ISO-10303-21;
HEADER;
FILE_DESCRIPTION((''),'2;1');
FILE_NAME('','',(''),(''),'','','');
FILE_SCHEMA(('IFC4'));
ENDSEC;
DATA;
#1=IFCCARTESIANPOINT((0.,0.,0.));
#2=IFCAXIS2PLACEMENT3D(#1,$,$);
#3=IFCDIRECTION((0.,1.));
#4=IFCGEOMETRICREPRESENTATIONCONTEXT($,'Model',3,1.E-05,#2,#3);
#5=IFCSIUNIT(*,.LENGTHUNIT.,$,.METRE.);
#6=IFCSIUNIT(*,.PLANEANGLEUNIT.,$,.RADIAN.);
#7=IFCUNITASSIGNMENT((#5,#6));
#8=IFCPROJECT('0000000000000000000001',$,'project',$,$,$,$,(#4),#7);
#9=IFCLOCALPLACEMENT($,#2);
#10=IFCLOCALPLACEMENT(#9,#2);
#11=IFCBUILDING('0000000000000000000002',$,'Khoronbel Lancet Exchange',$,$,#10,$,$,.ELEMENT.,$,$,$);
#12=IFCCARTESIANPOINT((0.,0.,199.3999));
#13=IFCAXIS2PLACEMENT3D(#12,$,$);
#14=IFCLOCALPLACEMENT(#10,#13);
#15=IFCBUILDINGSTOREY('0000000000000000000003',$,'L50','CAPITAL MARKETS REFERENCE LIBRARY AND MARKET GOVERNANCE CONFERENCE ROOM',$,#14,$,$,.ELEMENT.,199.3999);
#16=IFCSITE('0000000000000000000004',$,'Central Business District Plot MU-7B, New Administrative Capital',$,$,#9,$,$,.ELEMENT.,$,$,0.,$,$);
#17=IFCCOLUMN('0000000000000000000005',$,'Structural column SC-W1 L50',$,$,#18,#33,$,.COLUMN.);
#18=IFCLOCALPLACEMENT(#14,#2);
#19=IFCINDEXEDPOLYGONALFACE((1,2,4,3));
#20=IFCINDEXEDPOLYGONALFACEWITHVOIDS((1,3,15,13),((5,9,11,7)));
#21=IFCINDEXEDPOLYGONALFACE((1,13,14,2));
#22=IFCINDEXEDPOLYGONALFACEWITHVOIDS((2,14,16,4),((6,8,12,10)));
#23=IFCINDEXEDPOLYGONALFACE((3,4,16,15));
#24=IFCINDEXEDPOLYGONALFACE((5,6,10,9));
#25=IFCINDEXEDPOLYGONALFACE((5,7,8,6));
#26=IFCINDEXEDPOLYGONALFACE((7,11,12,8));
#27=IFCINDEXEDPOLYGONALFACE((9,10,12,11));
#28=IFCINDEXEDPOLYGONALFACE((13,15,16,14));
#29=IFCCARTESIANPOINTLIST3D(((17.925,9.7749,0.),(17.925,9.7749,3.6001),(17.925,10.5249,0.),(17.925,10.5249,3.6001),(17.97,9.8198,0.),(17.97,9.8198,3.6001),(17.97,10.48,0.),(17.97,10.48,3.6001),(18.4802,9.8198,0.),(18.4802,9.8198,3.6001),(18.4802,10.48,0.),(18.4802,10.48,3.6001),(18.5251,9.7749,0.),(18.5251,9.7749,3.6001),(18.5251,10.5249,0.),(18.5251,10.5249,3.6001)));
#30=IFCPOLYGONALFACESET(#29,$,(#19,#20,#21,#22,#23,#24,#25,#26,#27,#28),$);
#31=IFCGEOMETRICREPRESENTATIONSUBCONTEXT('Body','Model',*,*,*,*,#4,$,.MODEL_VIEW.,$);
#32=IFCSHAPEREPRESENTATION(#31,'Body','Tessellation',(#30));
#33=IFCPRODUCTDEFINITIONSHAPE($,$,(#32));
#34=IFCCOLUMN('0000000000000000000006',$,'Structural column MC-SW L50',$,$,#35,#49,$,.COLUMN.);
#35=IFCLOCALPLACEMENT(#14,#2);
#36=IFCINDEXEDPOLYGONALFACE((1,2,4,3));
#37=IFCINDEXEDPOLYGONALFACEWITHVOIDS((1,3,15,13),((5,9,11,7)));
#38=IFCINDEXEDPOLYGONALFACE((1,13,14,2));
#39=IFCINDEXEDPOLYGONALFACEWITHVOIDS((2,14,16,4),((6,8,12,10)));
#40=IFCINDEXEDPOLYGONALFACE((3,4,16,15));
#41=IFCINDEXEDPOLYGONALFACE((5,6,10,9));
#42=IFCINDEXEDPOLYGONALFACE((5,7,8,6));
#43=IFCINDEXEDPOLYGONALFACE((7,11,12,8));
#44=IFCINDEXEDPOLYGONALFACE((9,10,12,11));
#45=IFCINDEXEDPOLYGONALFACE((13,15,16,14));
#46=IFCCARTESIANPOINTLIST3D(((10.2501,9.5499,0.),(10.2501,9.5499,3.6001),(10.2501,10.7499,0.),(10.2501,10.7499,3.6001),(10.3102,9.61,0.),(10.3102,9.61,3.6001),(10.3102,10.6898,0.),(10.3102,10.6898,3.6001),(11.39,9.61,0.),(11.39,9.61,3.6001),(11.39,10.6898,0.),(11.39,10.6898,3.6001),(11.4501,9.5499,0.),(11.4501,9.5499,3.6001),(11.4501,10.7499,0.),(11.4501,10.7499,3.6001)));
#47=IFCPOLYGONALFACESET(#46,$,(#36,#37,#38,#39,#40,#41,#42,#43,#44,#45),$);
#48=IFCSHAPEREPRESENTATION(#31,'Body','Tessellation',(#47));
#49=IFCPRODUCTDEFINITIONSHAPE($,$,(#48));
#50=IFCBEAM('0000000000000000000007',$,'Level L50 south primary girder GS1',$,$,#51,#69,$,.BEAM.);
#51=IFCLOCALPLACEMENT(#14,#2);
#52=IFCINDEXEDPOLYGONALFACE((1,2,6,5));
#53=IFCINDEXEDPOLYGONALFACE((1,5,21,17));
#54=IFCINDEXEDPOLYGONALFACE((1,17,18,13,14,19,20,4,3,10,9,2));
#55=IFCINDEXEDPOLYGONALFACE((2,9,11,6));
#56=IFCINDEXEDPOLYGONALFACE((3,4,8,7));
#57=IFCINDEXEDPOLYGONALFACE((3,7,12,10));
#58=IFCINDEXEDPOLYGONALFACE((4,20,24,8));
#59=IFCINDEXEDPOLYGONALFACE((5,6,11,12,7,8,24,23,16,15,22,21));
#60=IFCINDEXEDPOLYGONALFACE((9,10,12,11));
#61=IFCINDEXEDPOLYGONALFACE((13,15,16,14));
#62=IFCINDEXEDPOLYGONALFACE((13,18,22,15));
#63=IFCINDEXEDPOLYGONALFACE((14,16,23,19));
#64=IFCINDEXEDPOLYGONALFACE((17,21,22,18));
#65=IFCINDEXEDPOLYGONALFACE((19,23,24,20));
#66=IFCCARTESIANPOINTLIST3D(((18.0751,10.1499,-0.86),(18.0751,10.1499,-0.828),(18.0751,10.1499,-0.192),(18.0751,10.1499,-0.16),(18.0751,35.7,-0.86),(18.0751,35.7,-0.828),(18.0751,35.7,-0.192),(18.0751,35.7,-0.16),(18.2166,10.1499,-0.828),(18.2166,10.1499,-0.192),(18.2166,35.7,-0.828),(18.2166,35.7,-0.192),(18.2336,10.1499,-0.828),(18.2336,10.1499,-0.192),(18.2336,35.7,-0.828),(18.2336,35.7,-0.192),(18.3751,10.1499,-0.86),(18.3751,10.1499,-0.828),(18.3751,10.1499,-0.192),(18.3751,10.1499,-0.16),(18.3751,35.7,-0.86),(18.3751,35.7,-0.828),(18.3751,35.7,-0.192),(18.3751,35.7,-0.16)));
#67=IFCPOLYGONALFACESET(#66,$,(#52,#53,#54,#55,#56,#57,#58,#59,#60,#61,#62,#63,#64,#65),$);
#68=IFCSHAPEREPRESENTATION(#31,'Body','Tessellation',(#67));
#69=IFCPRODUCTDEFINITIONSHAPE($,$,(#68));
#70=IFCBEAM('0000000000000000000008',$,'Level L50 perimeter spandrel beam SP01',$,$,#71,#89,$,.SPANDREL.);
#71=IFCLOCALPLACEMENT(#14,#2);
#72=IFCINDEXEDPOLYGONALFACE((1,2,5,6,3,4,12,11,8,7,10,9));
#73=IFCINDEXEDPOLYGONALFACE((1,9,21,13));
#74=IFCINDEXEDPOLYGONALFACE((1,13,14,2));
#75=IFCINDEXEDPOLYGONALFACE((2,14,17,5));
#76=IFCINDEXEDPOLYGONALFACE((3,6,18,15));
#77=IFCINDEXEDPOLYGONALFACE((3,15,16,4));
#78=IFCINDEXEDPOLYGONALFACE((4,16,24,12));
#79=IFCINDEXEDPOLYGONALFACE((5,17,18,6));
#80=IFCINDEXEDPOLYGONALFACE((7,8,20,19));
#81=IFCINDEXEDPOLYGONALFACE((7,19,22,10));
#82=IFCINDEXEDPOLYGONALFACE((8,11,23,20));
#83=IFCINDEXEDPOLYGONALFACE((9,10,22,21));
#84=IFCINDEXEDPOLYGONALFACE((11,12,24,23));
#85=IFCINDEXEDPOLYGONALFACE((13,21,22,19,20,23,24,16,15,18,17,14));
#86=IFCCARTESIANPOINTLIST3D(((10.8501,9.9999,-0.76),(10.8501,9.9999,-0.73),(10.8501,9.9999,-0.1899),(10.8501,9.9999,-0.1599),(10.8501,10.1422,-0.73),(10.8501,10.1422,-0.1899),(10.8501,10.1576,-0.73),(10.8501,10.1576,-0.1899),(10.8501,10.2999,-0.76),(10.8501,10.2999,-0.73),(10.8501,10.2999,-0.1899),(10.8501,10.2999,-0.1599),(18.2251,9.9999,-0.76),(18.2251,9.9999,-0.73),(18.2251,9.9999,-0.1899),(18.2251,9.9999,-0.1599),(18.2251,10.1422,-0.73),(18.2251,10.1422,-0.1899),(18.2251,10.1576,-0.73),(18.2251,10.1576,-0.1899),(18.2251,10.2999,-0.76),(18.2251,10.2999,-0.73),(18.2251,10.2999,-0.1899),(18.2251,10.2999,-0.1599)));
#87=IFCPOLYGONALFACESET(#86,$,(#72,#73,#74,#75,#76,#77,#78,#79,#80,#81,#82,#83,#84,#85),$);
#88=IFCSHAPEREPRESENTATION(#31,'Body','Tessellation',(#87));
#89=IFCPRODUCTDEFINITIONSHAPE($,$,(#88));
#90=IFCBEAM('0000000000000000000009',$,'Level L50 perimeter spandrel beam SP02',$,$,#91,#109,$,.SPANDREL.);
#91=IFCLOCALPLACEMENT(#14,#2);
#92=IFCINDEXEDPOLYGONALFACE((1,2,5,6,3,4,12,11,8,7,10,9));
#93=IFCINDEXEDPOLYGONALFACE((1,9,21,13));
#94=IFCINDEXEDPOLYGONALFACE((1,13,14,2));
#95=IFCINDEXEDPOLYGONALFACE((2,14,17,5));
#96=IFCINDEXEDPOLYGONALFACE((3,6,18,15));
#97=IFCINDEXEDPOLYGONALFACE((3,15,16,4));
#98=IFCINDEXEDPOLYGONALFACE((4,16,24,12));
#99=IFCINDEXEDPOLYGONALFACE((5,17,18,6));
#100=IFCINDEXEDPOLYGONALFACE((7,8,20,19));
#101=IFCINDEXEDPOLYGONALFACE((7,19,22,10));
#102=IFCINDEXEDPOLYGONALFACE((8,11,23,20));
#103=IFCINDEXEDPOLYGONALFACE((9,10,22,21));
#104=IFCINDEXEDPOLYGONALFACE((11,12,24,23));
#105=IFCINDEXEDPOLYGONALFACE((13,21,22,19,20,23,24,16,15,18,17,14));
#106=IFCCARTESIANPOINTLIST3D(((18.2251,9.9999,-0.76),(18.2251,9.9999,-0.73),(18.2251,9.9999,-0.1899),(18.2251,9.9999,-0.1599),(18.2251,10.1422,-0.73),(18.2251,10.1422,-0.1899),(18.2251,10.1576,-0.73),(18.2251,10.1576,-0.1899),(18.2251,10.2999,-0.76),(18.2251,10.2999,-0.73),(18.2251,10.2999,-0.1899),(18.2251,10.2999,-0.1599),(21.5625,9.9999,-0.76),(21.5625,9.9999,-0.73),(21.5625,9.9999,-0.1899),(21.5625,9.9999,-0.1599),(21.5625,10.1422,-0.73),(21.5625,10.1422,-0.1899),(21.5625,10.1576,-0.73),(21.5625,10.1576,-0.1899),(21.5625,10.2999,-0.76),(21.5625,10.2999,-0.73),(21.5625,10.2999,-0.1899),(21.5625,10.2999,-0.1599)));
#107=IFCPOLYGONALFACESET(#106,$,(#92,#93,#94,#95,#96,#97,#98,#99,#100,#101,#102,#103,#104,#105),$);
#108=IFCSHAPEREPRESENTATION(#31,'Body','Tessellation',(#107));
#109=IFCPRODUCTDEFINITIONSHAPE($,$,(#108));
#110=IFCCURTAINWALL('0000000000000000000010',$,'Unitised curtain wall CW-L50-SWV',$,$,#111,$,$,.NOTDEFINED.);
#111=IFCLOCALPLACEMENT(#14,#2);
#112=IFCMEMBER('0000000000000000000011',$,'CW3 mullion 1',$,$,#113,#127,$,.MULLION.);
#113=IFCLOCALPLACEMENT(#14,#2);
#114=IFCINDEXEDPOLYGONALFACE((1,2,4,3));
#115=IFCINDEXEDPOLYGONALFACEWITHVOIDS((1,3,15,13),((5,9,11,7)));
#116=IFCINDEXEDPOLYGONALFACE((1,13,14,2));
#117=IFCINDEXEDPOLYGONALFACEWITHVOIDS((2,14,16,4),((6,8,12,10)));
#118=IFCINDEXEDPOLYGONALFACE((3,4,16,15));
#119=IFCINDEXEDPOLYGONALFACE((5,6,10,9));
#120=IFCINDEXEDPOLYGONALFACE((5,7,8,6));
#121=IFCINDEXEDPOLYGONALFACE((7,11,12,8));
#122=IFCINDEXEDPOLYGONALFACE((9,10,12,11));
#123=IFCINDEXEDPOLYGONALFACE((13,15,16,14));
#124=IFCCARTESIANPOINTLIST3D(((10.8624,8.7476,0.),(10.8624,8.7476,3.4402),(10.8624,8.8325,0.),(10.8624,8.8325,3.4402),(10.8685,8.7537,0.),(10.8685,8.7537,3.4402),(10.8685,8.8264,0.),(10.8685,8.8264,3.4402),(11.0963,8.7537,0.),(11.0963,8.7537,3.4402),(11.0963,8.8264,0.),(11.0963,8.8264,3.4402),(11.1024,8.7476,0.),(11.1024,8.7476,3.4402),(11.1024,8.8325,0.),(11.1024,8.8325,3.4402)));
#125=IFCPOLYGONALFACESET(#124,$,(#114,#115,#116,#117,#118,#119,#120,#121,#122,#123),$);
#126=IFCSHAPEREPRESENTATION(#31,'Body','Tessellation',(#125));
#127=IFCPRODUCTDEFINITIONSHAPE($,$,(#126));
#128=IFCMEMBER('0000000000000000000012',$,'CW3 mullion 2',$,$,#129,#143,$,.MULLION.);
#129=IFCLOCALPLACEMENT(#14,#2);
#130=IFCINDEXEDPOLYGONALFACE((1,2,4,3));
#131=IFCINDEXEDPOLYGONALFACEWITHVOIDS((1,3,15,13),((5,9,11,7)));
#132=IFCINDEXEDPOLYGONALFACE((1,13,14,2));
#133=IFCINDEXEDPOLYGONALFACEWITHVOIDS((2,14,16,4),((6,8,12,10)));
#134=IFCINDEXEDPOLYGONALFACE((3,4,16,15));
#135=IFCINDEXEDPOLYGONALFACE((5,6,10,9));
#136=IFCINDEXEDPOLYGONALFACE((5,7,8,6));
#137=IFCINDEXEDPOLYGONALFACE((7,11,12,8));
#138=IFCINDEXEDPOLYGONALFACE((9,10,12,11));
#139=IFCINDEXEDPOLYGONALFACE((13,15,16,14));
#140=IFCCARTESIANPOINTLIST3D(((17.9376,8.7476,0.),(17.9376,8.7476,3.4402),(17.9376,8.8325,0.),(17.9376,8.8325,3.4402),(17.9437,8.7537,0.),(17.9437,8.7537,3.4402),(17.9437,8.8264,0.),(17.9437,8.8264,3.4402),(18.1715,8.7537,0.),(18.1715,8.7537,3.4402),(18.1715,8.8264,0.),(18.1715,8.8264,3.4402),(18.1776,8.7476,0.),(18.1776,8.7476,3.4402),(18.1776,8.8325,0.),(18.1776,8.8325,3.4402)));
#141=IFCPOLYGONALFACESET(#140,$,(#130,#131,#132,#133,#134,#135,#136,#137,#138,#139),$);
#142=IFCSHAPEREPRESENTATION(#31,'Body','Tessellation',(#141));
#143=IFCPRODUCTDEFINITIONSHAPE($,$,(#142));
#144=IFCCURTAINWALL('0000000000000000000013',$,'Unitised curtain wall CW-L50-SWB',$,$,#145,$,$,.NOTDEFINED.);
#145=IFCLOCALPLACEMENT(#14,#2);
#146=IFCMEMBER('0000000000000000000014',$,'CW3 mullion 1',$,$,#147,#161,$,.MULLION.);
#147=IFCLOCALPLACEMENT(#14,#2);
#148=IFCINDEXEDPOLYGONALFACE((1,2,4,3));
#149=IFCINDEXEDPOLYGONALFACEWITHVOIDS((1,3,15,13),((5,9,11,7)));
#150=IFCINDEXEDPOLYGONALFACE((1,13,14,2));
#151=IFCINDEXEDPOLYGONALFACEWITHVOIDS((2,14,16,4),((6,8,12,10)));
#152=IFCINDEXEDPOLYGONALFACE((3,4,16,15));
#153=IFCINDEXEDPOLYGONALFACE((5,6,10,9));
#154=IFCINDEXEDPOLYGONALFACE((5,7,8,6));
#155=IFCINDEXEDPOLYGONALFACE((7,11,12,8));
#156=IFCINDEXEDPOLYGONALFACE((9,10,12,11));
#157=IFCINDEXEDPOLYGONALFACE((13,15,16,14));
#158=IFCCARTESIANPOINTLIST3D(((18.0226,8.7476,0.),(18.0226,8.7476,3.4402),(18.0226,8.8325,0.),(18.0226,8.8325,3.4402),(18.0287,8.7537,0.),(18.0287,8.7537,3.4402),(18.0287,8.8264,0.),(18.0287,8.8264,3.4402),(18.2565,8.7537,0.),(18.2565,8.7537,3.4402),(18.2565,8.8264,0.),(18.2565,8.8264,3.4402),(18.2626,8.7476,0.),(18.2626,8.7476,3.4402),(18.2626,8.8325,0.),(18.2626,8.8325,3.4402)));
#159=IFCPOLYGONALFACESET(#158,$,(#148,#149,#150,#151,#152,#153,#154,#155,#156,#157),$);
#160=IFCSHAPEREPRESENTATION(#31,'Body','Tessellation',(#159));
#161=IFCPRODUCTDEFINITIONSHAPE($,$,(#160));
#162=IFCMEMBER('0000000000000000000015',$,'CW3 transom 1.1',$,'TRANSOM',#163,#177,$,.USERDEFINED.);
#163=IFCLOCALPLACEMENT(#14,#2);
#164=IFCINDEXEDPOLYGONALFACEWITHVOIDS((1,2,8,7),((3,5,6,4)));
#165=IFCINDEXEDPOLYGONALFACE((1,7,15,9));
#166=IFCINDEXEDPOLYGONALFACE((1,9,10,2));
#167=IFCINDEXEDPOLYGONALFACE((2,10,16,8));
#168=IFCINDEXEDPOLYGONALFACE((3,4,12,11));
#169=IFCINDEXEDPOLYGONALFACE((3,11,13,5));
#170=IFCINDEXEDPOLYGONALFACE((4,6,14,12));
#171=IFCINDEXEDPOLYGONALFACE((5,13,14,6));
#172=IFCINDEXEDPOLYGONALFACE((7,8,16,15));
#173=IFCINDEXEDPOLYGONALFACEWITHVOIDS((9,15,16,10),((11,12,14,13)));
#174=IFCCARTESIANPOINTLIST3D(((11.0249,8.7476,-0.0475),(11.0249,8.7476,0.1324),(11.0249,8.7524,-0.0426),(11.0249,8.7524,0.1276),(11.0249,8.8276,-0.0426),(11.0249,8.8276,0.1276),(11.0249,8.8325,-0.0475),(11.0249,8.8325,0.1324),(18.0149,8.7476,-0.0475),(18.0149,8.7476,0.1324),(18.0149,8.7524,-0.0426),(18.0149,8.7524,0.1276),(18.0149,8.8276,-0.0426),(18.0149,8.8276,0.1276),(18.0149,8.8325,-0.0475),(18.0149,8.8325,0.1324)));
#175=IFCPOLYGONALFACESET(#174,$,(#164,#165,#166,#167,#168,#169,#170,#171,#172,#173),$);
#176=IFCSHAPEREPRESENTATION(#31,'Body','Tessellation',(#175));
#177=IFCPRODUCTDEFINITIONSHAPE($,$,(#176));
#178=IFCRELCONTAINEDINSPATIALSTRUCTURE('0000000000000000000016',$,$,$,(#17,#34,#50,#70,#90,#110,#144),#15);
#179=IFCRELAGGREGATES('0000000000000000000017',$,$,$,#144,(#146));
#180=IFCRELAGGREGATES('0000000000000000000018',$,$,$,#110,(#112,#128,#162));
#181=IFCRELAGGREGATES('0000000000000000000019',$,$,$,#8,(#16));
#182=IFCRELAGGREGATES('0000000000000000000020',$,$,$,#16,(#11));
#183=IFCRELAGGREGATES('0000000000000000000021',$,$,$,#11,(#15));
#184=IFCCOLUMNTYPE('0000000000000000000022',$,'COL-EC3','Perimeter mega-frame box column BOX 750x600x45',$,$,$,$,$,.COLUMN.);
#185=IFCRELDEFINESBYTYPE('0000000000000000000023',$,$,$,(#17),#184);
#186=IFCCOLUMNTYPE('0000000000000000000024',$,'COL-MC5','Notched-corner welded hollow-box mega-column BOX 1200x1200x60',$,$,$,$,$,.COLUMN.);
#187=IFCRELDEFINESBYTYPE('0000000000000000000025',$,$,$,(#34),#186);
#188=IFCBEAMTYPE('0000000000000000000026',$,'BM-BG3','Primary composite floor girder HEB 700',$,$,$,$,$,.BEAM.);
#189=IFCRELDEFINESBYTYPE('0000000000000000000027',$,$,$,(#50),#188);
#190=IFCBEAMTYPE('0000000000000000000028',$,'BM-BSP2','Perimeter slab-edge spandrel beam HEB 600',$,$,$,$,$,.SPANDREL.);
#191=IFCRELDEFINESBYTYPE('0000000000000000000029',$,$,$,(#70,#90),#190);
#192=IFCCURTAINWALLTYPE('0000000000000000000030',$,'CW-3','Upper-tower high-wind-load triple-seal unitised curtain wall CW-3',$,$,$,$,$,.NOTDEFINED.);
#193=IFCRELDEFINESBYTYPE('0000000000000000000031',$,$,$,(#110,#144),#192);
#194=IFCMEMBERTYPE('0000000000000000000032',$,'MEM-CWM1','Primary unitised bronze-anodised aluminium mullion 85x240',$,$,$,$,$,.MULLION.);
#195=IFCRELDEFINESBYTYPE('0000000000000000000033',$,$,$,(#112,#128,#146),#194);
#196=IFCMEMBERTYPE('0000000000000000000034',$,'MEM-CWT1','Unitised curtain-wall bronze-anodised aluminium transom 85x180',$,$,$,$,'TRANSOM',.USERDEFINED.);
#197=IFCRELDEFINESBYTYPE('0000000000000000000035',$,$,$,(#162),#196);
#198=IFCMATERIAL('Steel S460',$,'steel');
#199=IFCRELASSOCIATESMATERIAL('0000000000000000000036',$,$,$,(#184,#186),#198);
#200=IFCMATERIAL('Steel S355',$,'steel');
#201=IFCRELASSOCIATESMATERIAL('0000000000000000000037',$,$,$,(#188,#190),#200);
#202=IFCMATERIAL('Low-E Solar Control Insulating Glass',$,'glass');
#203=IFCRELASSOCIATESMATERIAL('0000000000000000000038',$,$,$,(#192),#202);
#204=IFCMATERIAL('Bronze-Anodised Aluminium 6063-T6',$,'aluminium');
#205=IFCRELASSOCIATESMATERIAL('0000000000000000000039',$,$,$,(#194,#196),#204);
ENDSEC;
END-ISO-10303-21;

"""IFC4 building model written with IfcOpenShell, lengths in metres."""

from ifc_helpers import new_model, si_unit, direction, frame, origin, origin_2d, place, context, subcontext, project, spatial, hollow_rectangle, i_section, extrude, material, material_profile, profile_set, type_object, element, aggregate, save


model = new_model("IFC4")

# Units and contexts
model_context = context("Model", 3, precision=1e-05, world=origin(), true_north=direction((0.0, 1.0)))
body_context = subcontext(model_context, "Body", "Model", "MODEL_VIEW")
ifc_project = project(units=[si_unit("LENGTHUNIT", "METRE"), si_unit("PLANEANGLEUNIT", "RADIAN")], contexts=[model_context])

# Site, building, storey
site_placement = place(None, origin())
site = spatial("IfcSite", under=ifc_project, at=site_placement, Name="Central Business District Plot MU-7B, New Administrative Capital", CompositionType="ELEMENT", RefElevation=0.0)
building_placement = place(site_placement, origin())
building = spatial("IfcBuilding", under=site, at=building_placement, Name="Khoronbel Lancet Exchange", CompositionType="ELEMENT")
storey_placement = place(building_placement, frame((0.0, 0.0, 199.3999)))
storey = spatial("IfcBuildingStorey", under=building, at=storey_placement, Name="L50", Description="CAPITAL MARKETS REFERENCE LIBRARY AND MARKET GOVERNANCE CONFERENCE ROOM", CompositionType="ELEMENT", Elevation=199.3999)

# Columns
ifc_material_1 = material(Name="Steel S460", Category="steel")
ifc_material_profile_1 = material_profile(ifc_material_1, hollow_rectangle(XDim=0.6001, YDim=0.75, WallThickness=0.0449, at=origin_2d()), Name="BOX 750x600x45")
ifc_profile_set_1 = profile_set([ifc_material_profile_1], Name="Steel S460")
column_type_1 = type_object("IfcColumnType", Name="COL-EC3", Description="Perimeter mega-frame box column BOX 750x600x45", PredefinedType="COLUMN", material=ifc_profile_set_1)
column_1_placement = place(storey_placement, frame((18.2251, 10.1499, 0.0), z_axis=(0.0, 0.0, 1.0), x_axis=(1.0, 0.0, 0.0)))
element("IfcColumn", 1, at=column_1_placement, inside=storey, type_object=column_type_1, Name="Structural column SC-W1 L50", PredefinedType="COLUMN", context=body_context, shape_type="SweptSolid", body=[
    extrude(hollow_rectangle(XDim=0.6001, YDim=0.75, WallThickness=0.0449, at=origin_2d()), origin(), (0.0, 0.0, 1.0), 3.6001),
])
ifc_material_profile_2 = material_profile(ifc_material_1, hollow_rectangle(XDim=1.2, YDim=1.2, WallThickness=0.0601, at=origin_2d()), Name="BOX 1200x1200x60")
ifc_profile_set_2 = profile_set([ifc_material_profile_2], Name="Steel S460")
column_type_2 = type_object("IfcColumnType", Name="COL-MC5", Description="Notched-corner welded hollow-box mega-column BOX 1200x1200x60", PredefinedType="COLUMN", material=ifc_profile_set_2)
column_2_placement = place(storey_placement, frame((10.8501, 10.1499, 0.0), z_axis=(0.0, 0.0, 1.0), x_axis=(1.0, 0.0, 0.0)))
element("IfcColumn", 2, at=column_2_placement, inside=storey, type_object=column_type_2, Name="Structural column MC-SW L50", PredefinedType="COLUMN", context=body_context, shape_type="SweptSolid", body=[
    extrude(hollow_rectangle(XDim=1.2, YDim=1.2, WallThickness=0.0601, at=origin_2d()), origin(), (0.0, 0.0, 1.0), 3.6001),
])

# Beams
ifc_material_2 = material(Name="Steel S355", Category="steel")
ifc_material_profile_3 = material_profile(ifc_material_2, i_section(OverallWidth=0.3, OverallDepth=0.7, WebThickness=0.0171, FlangeThickness=0.032, at=origin_2d()), Name="HEB 700")
ifc_profile_set_3 = profile_set([ifc_material_profile_3], Name="Steel S355")
beam_type_1 = type_object("IfcBeamType", Name="BM-BG3", Description="Primary composite floor girder HEB 700", PredefinedType="BEAM", material=ifc_profile_set_3)
beam_1_placement = place(storey_placement, frame((18.2251, 10.1499, -0.51), z_axis=(0.0, 1.0, 0.0), x_axis=(-1.0, 0.0, 0.0)))
element("IfcBeam", 3, at=beam_1_placement, inside=storey, type_object=beam_type_1, Name="Level L50 south primary girder GS1", PredefinedType="BEAM", context=body_context, shape_type="SweptSolid", body=[
    extrude(i_section(OverallWidth=0.3, OverallDepth=0.7, WebThickness=0.0171, FlangeThickness=0.032, at=origin_2d()), origin(), (0.0, 0.0, 1.0), 25.55),
])
ifc_material_profile_4 = material_profile(ifc_material_2, i_section(OverallWidth=0.3, OverallDepth=0.6001, WebThickness=0.0154, FlangeThickness=0.03, at=origin_2d()), Name="HEB 600")
ifc_profile_set_4 = profile_set([ifc_material_profile_4], Name="Steel S355")
beam_type_2 = type_object("IfcBeamType", Name="BM-BSP2", Description="Perimeter slab-edge spandrel beam HEB 600", PredefinedType="SPANDREL", material=ifc_profile_set_4)
beam_2_placement = place(storey_placement, frame((10.8501, 10.1499, -0.46), z_axis=(1.0, 0.0, 0.0), x_axis=(0.0, 1.0, 0.0)))
element("IfcBeam", 4, at=beam_2_placement, inside=storey, type_object=beam_type_2, Name="Level L50 perimeter spandrel beam SP01", PredefinedType="SPANDREL", context=body_context, shape_type="SweptSolid", body=[
    extrude(i_section(OverallWidth=0.3, OverallDepth=0.6001, WebThickness=0.0154, FlangeThickness=0.03, at=origin_2d()), origin(), (0.0, 0.0, 1.0), 7.375),
])
beam_3_placement = place(storey_placement, frame((18.2251, 10.1499, -0.46), z_axis=(1.0, 0.0, 0.0), x_axis=(0.0, 1.0, 0.0)))
element("IfcBeam", 5, at=beam_3_placement, inside=storey, type_object=beam_type_2, Name="Level L50 perimeter spandrel beam SP02", PredefinedType="SPANDREL", context=body_context, shape_type="SweptSolid", body=[
    extrude(i_section(OverallWidth=0.3, OverallDepth=0.6001, WebThickness=0.0154, FlangeThickness=0.03, at=origin_2d()), origin(), (0.0, 0.0, 1.0), 3.3374),
])

# Curtain wall, members
ifc_material_3 = material(Name="Low-E Solar Control Insulating Glass", Category="glass")
curtain_wall_type = type_object("IfcCurtainWallType", Name="CW-3", Description="Upper-tower high-wind-load triple-seal unitised curtain wall CW-3", PredefinedType="NOTDEFINED", material=ifc_material_3)
curtain_wall_1_placement = place(storey_placement, origin())
curtain_wall_1 = element("IfcCurtainWall", 6, at=curtain_wall_1_placement, inside=storey, type_object=curtain_wall_type, Name="Unitised curtain wall CW-L50-SWV", PredefinedType="NOTDEFINED")
ifc_material_4 = material(Name="Bronze-Anodised Aluminium 6063-T6", Category="aluminium")
ifc_material_profile_5 = material_profile(ifc_material_4, hollow_rectangle(XDim=0.085, YDim=0.24, WallThickness=0.0061, at=origin_2d()), Name="ALU MULLION 85x240")
ifc_profile_set_5 = profile_set([ifc_material_profile_5], Name="Bronze-Anodised Aluminium 6063-T6")
member_type_1 = type_object("IfcMemberType", Name="MEM-CWM1", Description="Primary unitised bronze-anodised aluminium mullion 85x240", PredefinedType="MULLION", material=ifc_profile_set_5)
member_1_placement = place(storey_placement, frame((10.9824, 8.79, 0.0), z_axis=(0.0, 0.0, 1.0), x_axis=(0.0, 1.0, 0.0)))
member_1 = element("IfcMember", 7, at=member_1_placement, type_object=member_type_1, Name="CW3 mullion 1", PredefinedType="MULLION", context=body_context, shape_type="SweptSolid", body=[
    extrude(hollow_rectangle(XDim=0.085, YDim=0.24, WallThickness=0.0061, at=origin_2d()), origin(), (0.0, 0.0, 1.0), 3.4402),
])
member_2_placement = place(storey_placement, frame((18.0576, 8.79, 0.0), z_axis=(0.0, 0.0, 1.0), x_axis=(0.0, 1.0, 0.0)))
member_2 = element("IfcMember", 8, at=member_2_placement, type_object=member_type_1, Name="CW3 mullion 2", PredefinedType="MULLION", context=body_context, shape_type="SweptSolid", body=[
    extrude(hollow_rectangle(XDim=0.085, YDim=0.24, WallThickness=0.0061, at=origin_2d()), origin(), (0.0, 0.0, 1.0), 3.4402),
])

# Curtain wall, member
curtain_wall_2_placement = place(storey_placement, origin())
curtain_wall_2 = element("IfcCurtainWall", 9, at=curtain_wall_2_placement, inside=storey, type_object=curtain_wall_type, Name="Unitised curtain wall CW-L50-SWB", PredefinedType="NOTDEFINED")
member_3_placement = place(storey_placement, frame((18.1426, 8.79, 0.0), z_axis=(0.0, 0.0, 1.0), x_axis=(0.0, 1.0, 0.0)))
member_3 = element("IfcMember", 10, at=member_3_placement, type_object=member_type_1, Name="CW3 mullion 1", PredefinedType="MULLION", context=body_context, shape_type="SweptSolid", body=[
    extrude(hollow_rectangle(XDim=0.085, YDim=0.24, WallThickness=0.0061, at=origin_2d()), origin(), (0.0, 0.0, 1.0), 3.4402),
])

# Member
ifc_material_profile_6 = material_profile(ifc_material_4, hollow_rectangle(XDim=0.085, YDim=0.1799, WallThickness=0.0049, at=origin_2d()), Name="ALU TRANSOM 85x180")
ifc_profile_set_6 = profile_set([ifc_material_profile_6], Name="Bronze-Anodised Aluminium 6063-T6")
member_type_2 = type_object("IfcMemberType", Name="MEM-CWT1", Description="Unitised curtain-wall bronze-anodised aluminium transom 85x180", ElementType="TRANSOM", PredefinedType="USERDEFINED", material=ifc_profile_set_6)
member_4_placement = place(storey_placement, frame((11.0249, 8.79, 0.0425), z_axis=(1.0, 0.0, 0.0), x_axis=(0.0, 1.0, 0.0)))
member_4 = element("IfcMember", 11, at=member_4_placement, type_object=member_type_2, Name="CW3 transom 1.1", ObjectType="TRANSOM", PredefinedType="USERDEFINED", context=body_context, shape_type="SweptSolid", body=[
    extrude(hollow_rectangle(XDim=0.085, YDim=0.1799, WallThickness=0.0049, at=origin_2d()), origin(), (0.0, 0.0, 1.0), 6.99),
])
aggregate(curtain_wall_2, [member_3])

aggregate(curtain_wall_1, [member_1, member_2, member_4])

save(model, "model.ifc")
